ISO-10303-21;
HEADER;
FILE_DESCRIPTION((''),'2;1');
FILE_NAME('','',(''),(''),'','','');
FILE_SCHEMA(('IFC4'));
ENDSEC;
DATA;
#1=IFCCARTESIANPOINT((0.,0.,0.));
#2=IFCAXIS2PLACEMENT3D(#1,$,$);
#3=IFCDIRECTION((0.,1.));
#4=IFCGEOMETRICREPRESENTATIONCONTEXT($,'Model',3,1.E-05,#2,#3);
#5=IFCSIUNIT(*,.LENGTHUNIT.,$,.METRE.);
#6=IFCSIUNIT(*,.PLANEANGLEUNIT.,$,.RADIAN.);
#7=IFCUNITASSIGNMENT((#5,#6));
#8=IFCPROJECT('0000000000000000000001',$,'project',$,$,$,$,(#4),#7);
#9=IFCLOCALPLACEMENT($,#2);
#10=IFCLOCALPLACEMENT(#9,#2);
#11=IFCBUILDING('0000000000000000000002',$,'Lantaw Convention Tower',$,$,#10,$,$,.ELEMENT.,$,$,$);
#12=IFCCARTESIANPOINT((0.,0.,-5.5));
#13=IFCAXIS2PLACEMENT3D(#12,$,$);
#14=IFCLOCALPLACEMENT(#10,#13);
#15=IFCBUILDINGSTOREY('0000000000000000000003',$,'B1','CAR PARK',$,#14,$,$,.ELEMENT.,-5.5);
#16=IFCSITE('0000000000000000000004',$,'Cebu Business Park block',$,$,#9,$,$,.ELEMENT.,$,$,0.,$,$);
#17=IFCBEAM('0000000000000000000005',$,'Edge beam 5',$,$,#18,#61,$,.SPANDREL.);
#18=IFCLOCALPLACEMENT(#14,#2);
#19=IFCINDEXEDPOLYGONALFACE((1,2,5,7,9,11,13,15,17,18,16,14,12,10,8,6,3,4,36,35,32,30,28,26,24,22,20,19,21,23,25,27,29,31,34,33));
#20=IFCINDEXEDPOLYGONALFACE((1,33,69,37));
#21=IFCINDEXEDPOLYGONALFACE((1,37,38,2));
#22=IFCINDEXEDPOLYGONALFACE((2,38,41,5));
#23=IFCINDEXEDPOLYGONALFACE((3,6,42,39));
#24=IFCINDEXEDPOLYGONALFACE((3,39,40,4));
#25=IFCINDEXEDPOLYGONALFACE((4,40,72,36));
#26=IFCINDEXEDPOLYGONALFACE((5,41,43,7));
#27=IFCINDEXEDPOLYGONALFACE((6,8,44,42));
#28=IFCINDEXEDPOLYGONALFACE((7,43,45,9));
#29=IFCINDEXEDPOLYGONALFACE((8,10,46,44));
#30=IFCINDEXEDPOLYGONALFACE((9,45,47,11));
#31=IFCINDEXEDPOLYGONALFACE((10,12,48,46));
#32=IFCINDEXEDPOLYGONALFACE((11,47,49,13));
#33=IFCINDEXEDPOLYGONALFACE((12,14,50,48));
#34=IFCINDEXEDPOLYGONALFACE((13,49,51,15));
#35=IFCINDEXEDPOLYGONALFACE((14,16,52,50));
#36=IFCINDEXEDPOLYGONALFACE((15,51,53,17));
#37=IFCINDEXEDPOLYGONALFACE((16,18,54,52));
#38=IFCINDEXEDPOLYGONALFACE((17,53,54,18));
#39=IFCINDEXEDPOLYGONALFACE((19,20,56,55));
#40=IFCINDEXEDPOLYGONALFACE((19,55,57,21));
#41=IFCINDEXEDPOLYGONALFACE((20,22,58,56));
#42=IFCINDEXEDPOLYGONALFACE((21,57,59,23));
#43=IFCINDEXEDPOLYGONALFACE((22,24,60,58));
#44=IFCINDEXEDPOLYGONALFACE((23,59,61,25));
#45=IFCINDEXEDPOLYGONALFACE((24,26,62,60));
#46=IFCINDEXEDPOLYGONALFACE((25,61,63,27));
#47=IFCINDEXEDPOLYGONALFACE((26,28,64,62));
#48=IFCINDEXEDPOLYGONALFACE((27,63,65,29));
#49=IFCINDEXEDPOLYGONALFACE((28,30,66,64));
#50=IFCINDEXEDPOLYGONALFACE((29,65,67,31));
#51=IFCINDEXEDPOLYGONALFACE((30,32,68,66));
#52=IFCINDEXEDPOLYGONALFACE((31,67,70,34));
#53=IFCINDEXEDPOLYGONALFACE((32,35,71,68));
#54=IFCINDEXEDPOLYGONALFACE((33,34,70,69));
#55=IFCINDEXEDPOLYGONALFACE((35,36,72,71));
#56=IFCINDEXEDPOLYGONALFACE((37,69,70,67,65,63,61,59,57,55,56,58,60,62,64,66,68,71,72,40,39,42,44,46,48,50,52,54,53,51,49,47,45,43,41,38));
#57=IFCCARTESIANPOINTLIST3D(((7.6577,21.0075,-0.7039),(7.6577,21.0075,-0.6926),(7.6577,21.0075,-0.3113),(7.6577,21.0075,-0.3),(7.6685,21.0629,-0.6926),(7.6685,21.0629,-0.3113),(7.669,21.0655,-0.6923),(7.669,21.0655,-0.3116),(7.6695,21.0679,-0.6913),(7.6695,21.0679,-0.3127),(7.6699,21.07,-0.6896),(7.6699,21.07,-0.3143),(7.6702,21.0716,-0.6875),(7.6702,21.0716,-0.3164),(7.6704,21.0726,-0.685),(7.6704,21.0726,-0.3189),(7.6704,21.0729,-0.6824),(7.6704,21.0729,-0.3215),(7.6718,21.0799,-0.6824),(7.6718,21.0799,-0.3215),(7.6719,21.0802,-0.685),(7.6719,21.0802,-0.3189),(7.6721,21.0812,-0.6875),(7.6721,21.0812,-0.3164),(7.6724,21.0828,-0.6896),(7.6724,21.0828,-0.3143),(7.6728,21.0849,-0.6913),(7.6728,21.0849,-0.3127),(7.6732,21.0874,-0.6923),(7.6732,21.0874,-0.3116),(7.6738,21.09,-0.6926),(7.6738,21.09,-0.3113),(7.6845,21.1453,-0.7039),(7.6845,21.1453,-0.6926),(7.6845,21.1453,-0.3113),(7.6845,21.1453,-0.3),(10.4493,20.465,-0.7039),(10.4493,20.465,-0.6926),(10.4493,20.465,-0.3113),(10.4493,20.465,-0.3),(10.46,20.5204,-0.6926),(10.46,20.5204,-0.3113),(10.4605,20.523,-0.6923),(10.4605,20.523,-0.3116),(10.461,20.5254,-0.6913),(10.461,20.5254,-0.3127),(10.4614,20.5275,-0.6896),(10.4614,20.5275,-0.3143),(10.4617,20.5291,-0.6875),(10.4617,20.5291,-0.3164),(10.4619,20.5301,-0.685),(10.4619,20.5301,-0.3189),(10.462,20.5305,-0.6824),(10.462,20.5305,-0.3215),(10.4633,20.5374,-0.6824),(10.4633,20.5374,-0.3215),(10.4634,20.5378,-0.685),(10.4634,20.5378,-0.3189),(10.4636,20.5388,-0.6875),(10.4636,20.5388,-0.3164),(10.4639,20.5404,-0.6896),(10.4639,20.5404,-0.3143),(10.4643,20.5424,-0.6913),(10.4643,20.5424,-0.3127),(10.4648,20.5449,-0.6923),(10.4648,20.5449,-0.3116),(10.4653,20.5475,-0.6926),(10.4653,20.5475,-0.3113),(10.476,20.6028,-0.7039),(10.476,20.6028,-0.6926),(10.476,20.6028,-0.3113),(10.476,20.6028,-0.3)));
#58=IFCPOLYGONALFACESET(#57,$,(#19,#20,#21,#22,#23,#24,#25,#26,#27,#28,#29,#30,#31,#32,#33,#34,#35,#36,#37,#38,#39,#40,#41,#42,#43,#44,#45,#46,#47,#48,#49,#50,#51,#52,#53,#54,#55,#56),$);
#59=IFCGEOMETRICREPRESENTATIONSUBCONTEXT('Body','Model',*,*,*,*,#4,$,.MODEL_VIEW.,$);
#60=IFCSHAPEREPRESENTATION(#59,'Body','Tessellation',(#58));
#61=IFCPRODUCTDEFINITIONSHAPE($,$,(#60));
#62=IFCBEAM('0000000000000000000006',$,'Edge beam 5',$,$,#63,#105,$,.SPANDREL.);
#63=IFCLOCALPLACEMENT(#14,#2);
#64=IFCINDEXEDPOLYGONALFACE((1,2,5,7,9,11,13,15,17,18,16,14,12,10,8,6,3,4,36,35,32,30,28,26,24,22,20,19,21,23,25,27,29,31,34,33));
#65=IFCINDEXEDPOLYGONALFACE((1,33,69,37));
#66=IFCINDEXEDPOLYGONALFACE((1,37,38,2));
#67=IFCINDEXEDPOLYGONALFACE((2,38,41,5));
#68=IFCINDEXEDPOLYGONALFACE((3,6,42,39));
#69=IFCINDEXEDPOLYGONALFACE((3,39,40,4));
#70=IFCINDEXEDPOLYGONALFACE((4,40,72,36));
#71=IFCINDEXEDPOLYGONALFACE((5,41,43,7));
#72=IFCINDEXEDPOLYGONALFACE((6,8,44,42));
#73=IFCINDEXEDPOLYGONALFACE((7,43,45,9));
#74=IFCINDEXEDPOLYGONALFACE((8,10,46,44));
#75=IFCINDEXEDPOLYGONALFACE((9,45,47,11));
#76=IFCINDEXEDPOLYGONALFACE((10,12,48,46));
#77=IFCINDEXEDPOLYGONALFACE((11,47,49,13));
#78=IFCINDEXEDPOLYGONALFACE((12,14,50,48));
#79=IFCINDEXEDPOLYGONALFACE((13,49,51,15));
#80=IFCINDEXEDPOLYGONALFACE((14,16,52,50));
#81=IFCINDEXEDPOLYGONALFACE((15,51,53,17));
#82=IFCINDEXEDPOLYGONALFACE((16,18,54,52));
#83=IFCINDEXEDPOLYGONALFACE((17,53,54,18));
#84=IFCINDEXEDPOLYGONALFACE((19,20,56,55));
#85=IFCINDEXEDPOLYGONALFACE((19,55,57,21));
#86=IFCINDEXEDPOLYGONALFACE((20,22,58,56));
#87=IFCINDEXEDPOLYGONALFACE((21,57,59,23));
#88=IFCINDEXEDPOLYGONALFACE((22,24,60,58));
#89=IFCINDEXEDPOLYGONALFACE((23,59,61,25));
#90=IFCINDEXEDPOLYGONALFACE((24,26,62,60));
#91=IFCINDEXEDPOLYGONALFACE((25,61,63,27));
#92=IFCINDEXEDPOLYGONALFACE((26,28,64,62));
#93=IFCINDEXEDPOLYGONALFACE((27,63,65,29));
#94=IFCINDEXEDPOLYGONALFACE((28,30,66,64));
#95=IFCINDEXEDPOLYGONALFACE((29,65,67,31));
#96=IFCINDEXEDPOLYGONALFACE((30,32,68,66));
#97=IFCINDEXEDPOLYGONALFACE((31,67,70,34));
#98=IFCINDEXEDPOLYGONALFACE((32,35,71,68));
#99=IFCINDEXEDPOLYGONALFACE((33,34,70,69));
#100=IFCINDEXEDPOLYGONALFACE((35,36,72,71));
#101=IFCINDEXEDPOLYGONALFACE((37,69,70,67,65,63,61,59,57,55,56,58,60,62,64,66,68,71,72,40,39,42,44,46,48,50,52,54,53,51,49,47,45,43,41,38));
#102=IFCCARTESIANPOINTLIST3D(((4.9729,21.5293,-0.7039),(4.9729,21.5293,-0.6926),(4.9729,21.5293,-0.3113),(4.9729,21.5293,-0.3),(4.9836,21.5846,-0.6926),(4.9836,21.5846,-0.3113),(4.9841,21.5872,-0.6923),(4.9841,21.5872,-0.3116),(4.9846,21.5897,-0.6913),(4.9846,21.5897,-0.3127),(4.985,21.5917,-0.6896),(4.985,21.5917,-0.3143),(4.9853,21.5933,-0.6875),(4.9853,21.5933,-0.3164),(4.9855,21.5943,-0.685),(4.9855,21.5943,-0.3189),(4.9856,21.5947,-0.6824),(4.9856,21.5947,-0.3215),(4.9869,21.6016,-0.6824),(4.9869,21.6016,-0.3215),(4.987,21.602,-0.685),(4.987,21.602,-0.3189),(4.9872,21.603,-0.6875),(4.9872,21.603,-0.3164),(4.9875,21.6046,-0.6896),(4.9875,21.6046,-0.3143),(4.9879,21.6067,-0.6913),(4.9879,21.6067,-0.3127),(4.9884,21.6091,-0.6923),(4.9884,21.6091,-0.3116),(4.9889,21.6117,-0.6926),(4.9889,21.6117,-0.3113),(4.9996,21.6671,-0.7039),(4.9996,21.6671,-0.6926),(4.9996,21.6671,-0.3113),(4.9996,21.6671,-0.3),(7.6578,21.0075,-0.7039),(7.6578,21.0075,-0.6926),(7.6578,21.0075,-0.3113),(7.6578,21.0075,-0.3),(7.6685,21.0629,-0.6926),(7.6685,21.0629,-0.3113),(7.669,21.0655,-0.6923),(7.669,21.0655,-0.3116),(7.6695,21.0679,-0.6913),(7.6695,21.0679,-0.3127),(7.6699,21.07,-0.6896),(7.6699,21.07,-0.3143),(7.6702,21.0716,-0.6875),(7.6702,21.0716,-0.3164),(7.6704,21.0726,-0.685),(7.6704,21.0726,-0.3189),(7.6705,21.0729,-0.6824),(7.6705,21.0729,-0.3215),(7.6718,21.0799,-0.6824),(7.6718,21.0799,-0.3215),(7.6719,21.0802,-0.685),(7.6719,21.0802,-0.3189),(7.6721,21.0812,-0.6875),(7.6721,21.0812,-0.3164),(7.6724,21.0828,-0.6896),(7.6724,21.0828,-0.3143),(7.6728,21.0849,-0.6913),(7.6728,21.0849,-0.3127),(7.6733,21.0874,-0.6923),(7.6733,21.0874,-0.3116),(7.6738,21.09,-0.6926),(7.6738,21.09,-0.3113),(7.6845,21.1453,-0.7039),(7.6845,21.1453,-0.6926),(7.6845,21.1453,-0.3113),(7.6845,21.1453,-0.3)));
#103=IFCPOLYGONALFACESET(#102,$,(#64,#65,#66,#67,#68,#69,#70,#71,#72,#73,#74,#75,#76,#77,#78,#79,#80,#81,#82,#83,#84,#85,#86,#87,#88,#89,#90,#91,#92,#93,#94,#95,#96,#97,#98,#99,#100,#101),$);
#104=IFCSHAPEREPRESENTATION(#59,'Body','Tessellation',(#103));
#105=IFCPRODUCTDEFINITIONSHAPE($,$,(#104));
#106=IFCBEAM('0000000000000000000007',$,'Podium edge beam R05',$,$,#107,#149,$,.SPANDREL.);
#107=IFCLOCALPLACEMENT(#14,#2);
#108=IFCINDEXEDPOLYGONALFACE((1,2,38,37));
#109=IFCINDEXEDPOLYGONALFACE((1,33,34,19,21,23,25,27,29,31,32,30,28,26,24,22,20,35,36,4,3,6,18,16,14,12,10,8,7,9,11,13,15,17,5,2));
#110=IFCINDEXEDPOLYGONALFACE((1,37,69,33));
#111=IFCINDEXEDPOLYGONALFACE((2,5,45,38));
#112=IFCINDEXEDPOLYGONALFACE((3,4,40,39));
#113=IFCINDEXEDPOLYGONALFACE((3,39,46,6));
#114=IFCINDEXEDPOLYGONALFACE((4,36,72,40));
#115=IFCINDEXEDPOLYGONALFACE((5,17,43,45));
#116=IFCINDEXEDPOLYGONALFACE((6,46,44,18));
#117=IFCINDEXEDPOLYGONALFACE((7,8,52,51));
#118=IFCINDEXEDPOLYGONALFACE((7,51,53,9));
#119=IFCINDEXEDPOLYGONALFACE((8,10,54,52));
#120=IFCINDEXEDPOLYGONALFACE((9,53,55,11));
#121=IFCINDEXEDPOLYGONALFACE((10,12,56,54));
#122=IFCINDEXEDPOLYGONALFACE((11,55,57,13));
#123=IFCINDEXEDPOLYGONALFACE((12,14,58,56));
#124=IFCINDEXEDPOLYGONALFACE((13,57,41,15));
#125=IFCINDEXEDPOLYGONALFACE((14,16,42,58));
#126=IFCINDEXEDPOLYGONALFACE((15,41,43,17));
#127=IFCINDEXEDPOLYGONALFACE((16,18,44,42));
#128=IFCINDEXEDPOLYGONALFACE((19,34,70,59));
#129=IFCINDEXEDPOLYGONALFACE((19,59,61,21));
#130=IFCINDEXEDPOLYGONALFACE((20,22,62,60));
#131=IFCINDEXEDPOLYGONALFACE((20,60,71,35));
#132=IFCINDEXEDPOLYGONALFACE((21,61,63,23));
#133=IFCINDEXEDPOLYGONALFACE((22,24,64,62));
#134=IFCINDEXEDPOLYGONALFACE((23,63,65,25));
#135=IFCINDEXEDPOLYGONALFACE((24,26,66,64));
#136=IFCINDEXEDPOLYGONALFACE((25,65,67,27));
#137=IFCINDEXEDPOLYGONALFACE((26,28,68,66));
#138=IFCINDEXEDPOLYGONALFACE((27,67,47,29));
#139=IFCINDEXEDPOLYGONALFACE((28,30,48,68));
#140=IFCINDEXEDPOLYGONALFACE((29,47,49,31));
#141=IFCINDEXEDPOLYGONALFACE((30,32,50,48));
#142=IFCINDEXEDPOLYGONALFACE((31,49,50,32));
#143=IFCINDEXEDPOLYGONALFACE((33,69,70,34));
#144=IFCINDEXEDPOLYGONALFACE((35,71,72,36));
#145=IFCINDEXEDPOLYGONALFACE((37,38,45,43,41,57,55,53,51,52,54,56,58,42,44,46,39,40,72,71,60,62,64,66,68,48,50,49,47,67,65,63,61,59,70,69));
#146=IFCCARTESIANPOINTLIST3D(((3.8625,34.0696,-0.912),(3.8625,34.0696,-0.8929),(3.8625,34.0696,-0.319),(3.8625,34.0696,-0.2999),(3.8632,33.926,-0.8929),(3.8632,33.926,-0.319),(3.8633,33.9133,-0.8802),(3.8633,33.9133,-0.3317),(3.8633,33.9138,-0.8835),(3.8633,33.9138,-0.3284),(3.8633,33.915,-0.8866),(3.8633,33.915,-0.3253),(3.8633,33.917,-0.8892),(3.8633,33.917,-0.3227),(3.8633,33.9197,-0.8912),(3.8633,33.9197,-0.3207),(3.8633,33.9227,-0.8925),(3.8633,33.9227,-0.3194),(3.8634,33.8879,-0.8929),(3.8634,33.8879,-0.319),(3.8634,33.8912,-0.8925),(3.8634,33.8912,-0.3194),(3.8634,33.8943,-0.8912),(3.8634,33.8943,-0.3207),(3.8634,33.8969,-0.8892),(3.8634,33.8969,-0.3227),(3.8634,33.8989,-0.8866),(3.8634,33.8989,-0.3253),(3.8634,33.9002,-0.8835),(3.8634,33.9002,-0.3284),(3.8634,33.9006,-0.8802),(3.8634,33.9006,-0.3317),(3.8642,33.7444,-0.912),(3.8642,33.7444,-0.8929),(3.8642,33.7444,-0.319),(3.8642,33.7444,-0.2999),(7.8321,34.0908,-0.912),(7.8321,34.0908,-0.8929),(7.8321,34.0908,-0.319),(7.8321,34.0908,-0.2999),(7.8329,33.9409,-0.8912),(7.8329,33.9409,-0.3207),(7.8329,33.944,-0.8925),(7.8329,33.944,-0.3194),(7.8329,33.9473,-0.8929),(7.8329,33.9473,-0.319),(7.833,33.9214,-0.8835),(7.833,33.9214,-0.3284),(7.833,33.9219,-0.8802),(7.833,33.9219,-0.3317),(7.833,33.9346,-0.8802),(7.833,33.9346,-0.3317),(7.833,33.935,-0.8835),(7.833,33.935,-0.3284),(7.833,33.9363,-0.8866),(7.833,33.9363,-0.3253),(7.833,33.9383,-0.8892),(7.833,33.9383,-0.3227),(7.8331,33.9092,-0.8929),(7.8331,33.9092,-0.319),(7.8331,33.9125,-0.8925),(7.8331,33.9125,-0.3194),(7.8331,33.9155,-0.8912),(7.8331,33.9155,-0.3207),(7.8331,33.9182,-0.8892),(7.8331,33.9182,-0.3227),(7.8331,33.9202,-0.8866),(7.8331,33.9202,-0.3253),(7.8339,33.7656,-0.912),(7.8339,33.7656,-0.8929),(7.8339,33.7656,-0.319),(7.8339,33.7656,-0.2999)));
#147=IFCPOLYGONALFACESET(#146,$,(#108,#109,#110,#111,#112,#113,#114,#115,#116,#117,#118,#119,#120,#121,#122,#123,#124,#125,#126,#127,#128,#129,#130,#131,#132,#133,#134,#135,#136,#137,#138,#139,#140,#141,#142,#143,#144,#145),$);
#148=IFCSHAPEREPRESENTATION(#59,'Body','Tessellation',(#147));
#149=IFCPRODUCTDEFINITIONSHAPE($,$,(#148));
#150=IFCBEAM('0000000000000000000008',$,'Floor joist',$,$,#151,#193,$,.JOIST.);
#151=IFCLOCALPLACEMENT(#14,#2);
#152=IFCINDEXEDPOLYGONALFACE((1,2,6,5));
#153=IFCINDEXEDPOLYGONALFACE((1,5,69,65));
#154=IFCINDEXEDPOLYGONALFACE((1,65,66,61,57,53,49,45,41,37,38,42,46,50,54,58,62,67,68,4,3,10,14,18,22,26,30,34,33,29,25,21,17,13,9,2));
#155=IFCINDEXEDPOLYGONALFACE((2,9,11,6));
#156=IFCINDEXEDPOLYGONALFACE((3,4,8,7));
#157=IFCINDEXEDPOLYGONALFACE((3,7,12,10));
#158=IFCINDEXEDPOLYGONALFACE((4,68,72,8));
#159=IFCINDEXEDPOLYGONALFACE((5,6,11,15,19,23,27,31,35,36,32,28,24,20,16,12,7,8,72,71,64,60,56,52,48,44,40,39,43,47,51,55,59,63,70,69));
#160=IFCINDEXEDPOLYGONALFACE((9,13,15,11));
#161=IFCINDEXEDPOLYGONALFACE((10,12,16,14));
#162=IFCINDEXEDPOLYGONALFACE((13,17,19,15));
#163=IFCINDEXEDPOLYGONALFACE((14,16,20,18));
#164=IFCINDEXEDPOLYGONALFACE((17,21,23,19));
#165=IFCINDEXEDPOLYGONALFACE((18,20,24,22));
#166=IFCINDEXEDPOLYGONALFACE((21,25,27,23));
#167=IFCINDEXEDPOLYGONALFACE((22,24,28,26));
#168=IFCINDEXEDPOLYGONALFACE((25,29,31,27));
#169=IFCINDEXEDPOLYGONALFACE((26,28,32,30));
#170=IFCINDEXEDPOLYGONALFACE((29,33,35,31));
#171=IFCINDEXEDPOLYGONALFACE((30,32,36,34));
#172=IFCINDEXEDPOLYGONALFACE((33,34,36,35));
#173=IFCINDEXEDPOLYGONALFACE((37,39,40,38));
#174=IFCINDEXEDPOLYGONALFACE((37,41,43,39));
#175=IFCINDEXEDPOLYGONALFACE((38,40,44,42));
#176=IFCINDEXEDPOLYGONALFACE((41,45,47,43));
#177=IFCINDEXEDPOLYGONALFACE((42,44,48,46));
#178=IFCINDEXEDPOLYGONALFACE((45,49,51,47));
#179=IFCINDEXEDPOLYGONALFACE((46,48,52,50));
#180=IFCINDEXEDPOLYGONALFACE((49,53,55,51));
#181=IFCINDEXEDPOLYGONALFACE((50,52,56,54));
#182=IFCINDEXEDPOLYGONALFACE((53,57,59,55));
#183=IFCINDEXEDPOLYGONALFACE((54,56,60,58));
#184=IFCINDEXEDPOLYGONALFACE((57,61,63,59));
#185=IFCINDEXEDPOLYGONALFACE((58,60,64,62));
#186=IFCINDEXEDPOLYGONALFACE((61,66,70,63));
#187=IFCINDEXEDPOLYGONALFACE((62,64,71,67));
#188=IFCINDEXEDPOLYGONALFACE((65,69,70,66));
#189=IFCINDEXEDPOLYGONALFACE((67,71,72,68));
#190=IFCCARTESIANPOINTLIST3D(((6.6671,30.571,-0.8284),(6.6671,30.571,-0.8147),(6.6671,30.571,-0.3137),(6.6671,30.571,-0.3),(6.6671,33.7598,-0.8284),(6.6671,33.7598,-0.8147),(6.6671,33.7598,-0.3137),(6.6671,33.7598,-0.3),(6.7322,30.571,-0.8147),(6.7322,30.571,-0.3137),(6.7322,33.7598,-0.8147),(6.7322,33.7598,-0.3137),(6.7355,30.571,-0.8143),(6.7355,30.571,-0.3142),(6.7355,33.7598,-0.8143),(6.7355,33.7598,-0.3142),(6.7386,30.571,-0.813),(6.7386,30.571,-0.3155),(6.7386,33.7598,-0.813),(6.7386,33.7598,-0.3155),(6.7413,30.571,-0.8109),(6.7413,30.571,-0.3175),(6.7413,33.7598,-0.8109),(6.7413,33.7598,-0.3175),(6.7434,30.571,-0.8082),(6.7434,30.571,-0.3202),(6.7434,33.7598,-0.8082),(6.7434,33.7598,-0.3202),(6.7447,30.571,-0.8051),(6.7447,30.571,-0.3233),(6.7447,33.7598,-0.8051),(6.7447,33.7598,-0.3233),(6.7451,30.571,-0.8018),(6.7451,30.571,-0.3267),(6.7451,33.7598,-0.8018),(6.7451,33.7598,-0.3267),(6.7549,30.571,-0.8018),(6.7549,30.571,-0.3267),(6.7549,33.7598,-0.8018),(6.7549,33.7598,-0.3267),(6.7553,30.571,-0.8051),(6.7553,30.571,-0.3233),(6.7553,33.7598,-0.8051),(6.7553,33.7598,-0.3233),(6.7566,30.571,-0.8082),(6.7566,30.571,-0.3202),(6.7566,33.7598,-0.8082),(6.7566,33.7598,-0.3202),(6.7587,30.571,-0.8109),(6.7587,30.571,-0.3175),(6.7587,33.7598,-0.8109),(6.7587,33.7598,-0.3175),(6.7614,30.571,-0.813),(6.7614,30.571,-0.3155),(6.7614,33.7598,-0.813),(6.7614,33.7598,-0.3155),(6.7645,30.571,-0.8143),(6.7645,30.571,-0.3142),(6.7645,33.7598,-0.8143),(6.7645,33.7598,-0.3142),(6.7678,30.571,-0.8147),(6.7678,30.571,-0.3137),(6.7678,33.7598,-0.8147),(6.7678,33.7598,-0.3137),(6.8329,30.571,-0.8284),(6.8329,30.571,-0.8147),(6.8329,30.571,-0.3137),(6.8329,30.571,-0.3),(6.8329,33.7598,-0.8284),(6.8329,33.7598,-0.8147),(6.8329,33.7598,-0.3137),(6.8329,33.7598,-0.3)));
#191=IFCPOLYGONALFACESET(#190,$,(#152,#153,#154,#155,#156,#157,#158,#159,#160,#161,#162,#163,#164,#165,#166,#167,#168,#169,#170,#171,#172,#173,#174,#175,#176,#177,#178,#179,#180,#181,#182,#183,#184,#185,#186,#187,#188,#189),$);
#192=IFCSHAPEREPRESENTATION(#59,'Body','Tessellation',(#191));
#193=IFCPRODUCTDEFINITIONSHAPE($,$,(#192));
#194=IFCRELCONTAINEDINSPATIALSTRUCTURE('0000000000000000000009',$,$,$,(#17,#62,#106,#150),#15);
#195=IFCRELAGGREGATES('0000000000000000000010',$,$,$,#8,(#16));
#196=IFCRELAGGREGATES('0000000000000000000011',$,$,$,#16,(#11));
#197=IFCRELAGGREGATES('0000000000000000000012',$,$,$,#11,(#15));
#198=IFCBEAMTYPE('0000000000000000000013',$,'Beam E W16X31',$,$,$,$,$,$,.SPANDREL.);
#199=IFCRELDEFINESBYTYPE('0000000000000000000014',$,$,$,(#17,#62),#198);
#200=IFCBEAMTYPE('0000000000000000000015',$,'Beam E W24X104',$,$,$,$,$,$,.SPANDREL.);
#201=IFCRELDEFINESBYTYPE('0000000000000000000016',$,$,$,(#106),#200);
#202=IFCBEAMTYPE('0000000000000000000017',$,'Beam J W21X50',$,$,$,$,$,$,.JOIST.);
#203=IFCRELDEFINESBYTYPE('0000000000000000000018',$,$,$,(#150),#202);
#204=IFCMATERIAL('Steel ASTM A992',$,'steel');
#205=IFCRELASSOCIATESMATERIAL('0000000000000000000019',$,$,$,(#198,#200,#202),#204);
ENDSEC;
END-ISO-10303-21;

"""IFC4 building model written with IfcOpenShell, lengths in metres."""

from ifc_helpers import new_model, si_unit, direction, frame, origin, origin_2d, place, context, subcontext, project, spatial, i_section, extrude, material, material_profile, profile_set, type_object, element, save


model = new_model("IFC4")

# Units and contexts
model_context = context("Model", 3, precision=1e-05, world=origin(), true_north=direction((0.0, 1.0)))
body_context = subcontext(model_context, "Body", "Model", "MODEL_VIEW")
ifc_project = project(units=[si_unit("LENGTHUNIT", "METRE"), si_unit("PLANEANGLEUNIT", "RADIAN")], contexts=[model_context])

# Site, building, storey
site_placement = place(None, origin())
site = spatial("IfcSite", under=ifc_project, at=site_placement, Name="Cebu Business Park block", CompositionType="ELEMENT", RefElevation=0.0)
building_placement = place(site_placement, origin())
building = spatial("IfcBuilding", under=site, at=building_placement, Name="Lantaw Convention Tower", CompositionType="ELEMENT")
storey_placement = place(building_placement, frame((0.0, 0.0, -5.5)))
storey = spatial("IfcBuildingStorey", under=building, at=storey_placement, Name="B1", Description="CAR PARK", CompositionType="ELEMENT", Elevation=-5.5)

# Beams
ifc_material_1 = material(Name="Steel ASTM A992", Category="steel")
ifc_material_profile_1 = material_profile(ifc_material_1, i_section(OverallWidth=0.1404, OverallDepth=0.4038, WebThickness=0.0071, FlangeThickness=0.0112, FilletRadius=0.0103, at=origin_2d()), Name="W16X31")
ifc_profile_set_1 = profile_set([ifc_material_profile_1], Name="Steel ASTM A992")
beam_type_1 = type_object("IfcBeamType", Name="Beam E W16X31", PredefinedType="SPANDREL", material=ifc_profile_set_1)
beam_1_placement = place(storey_placement, frame((10.4626, 20.5339, -0.502), z_axis=(-0.981636, 0.190764, 0.0), x_axis=(-0.190764, -0.981636, 0.0)))
element("IfcBeam", 1, at=beam_1_placement, inside=storey, type_object=beam_type_1, Name="Edge beam 5", PredefinedType="SPANDREL", context=body_context, shape_type="SweptSolid", body=[
    extrude(i_section(OverallWidth=0.1404, OverallDepth=0.4038, WebThickness=0.0071, FlangeThickness=0.0112, FilletRadius=0.0103, at=origin_2d()), origin(), (0.0, 0.0, 1.0), 2.8438),
])
beam_2_placement = place(storey_placement, frame((7.6711, 21.0764, -0.502), z_axis=(-0.981637, 0.190757, 0.0), x_axis=(-0.190757, -0.981637, 0.0)))
element("IfcBeam", 2, at=beam_2_placement, inside=storey, type_object=beam_type_1, Name="Edge beam 5", PredefinedType="SPANDREL", context=body_context, shape_type="SweptSolid", body=[
    extrude(i_section(OverallWidth=0.1404, OverallDepth=0.4038, WebThickness=0.0071, FlangeThickness=0.0112, FilletRadius=0.0103, at=origin_2d()), origin(), (0.0, 0.0, 1.0), 2.7351),
])
ifc_material_profile_2 = material_profile(ifc_material_1, i_section(OverallWidth=0.3252, OverallDepth=0.6121, WebThickness=0.0127, FlangeThickness=0.019, FilletRadius=0.0127, at=origin_2d()), Name="W24X104")
ifc_profile_set_2 = profile_set([ifc_material_profile_2], Name="Steel ASTM A992")
beam_type_2 = type_object("IfcBeamType", Name="Beam E W24X104", PredefinedType="SPANDREL", material=ifc_profile_set_2)
beam_3_placement = place(storey_placement, frame((7.833, 33.9282, -0.606), z_axis=(-0.999986, -0.00535, 0.0), x_axis=(0.00535, -0.999986, 0.0)))
element("IfcBeam", 3, at=beam_3_placement, inside=storey, type_object=beam_type_2, Name="Podium edge beam R05", PredefinedType="SPANDREL", context=body_context, shape_type="SweptSolid", body=[
    extrude(i_section(OverallWidth=0.3252, OverallDepth=0.6121, WebThickness=0.0127, FlangeThickness=0.019, FilletRadius=0.0127, at=origin_2d()), origin(), (0.0, 0.0, 1.0), 3.9697),
])
ifc_material_profile_3 = material_profile(ifc_material_1, i_section(OverallWidth=0.1658, OverallDepth=0.5283, WebThickness=0.0098, FlangeThickness=0.0137, FilletRadius=0.0129, at=origin_2d()), Name="W21X50")
ifc_profile_set_3 = profile_set([ifc_material_profile_3], Name="Steel ASTM A992")
beam_type_3 = type_object("IfcBeamType", Name="Beam J W21X50", PredefinedType="JOIST", material=ifc_profile_set_3)
beam_4_placement = place(storey_placement, frame((6.75, 30.571, -0.5642), z_axis=(0.0, 1.0, 0.0), x_axis=(-1.0, 0.0, 0.0)))
element("IfcBeam", 4, at=beam_4_placement, inside=storey, type_object=beam_type_3, Name="Floor joist", PredefinedType="JOIST", context=body_context, shape_type="SweptSolid", body=[
    extrude(i_section(OverallWidth=0.1658, OverallDepth=0.5283, WebThickness=0.0098, FlangeThickness=0.0137, FilletRadius=0.0129, at=origin_2d()), origin(), (0.0, 0.0, 1.0), 3.1887),
])

save(model, "model.ifc")
